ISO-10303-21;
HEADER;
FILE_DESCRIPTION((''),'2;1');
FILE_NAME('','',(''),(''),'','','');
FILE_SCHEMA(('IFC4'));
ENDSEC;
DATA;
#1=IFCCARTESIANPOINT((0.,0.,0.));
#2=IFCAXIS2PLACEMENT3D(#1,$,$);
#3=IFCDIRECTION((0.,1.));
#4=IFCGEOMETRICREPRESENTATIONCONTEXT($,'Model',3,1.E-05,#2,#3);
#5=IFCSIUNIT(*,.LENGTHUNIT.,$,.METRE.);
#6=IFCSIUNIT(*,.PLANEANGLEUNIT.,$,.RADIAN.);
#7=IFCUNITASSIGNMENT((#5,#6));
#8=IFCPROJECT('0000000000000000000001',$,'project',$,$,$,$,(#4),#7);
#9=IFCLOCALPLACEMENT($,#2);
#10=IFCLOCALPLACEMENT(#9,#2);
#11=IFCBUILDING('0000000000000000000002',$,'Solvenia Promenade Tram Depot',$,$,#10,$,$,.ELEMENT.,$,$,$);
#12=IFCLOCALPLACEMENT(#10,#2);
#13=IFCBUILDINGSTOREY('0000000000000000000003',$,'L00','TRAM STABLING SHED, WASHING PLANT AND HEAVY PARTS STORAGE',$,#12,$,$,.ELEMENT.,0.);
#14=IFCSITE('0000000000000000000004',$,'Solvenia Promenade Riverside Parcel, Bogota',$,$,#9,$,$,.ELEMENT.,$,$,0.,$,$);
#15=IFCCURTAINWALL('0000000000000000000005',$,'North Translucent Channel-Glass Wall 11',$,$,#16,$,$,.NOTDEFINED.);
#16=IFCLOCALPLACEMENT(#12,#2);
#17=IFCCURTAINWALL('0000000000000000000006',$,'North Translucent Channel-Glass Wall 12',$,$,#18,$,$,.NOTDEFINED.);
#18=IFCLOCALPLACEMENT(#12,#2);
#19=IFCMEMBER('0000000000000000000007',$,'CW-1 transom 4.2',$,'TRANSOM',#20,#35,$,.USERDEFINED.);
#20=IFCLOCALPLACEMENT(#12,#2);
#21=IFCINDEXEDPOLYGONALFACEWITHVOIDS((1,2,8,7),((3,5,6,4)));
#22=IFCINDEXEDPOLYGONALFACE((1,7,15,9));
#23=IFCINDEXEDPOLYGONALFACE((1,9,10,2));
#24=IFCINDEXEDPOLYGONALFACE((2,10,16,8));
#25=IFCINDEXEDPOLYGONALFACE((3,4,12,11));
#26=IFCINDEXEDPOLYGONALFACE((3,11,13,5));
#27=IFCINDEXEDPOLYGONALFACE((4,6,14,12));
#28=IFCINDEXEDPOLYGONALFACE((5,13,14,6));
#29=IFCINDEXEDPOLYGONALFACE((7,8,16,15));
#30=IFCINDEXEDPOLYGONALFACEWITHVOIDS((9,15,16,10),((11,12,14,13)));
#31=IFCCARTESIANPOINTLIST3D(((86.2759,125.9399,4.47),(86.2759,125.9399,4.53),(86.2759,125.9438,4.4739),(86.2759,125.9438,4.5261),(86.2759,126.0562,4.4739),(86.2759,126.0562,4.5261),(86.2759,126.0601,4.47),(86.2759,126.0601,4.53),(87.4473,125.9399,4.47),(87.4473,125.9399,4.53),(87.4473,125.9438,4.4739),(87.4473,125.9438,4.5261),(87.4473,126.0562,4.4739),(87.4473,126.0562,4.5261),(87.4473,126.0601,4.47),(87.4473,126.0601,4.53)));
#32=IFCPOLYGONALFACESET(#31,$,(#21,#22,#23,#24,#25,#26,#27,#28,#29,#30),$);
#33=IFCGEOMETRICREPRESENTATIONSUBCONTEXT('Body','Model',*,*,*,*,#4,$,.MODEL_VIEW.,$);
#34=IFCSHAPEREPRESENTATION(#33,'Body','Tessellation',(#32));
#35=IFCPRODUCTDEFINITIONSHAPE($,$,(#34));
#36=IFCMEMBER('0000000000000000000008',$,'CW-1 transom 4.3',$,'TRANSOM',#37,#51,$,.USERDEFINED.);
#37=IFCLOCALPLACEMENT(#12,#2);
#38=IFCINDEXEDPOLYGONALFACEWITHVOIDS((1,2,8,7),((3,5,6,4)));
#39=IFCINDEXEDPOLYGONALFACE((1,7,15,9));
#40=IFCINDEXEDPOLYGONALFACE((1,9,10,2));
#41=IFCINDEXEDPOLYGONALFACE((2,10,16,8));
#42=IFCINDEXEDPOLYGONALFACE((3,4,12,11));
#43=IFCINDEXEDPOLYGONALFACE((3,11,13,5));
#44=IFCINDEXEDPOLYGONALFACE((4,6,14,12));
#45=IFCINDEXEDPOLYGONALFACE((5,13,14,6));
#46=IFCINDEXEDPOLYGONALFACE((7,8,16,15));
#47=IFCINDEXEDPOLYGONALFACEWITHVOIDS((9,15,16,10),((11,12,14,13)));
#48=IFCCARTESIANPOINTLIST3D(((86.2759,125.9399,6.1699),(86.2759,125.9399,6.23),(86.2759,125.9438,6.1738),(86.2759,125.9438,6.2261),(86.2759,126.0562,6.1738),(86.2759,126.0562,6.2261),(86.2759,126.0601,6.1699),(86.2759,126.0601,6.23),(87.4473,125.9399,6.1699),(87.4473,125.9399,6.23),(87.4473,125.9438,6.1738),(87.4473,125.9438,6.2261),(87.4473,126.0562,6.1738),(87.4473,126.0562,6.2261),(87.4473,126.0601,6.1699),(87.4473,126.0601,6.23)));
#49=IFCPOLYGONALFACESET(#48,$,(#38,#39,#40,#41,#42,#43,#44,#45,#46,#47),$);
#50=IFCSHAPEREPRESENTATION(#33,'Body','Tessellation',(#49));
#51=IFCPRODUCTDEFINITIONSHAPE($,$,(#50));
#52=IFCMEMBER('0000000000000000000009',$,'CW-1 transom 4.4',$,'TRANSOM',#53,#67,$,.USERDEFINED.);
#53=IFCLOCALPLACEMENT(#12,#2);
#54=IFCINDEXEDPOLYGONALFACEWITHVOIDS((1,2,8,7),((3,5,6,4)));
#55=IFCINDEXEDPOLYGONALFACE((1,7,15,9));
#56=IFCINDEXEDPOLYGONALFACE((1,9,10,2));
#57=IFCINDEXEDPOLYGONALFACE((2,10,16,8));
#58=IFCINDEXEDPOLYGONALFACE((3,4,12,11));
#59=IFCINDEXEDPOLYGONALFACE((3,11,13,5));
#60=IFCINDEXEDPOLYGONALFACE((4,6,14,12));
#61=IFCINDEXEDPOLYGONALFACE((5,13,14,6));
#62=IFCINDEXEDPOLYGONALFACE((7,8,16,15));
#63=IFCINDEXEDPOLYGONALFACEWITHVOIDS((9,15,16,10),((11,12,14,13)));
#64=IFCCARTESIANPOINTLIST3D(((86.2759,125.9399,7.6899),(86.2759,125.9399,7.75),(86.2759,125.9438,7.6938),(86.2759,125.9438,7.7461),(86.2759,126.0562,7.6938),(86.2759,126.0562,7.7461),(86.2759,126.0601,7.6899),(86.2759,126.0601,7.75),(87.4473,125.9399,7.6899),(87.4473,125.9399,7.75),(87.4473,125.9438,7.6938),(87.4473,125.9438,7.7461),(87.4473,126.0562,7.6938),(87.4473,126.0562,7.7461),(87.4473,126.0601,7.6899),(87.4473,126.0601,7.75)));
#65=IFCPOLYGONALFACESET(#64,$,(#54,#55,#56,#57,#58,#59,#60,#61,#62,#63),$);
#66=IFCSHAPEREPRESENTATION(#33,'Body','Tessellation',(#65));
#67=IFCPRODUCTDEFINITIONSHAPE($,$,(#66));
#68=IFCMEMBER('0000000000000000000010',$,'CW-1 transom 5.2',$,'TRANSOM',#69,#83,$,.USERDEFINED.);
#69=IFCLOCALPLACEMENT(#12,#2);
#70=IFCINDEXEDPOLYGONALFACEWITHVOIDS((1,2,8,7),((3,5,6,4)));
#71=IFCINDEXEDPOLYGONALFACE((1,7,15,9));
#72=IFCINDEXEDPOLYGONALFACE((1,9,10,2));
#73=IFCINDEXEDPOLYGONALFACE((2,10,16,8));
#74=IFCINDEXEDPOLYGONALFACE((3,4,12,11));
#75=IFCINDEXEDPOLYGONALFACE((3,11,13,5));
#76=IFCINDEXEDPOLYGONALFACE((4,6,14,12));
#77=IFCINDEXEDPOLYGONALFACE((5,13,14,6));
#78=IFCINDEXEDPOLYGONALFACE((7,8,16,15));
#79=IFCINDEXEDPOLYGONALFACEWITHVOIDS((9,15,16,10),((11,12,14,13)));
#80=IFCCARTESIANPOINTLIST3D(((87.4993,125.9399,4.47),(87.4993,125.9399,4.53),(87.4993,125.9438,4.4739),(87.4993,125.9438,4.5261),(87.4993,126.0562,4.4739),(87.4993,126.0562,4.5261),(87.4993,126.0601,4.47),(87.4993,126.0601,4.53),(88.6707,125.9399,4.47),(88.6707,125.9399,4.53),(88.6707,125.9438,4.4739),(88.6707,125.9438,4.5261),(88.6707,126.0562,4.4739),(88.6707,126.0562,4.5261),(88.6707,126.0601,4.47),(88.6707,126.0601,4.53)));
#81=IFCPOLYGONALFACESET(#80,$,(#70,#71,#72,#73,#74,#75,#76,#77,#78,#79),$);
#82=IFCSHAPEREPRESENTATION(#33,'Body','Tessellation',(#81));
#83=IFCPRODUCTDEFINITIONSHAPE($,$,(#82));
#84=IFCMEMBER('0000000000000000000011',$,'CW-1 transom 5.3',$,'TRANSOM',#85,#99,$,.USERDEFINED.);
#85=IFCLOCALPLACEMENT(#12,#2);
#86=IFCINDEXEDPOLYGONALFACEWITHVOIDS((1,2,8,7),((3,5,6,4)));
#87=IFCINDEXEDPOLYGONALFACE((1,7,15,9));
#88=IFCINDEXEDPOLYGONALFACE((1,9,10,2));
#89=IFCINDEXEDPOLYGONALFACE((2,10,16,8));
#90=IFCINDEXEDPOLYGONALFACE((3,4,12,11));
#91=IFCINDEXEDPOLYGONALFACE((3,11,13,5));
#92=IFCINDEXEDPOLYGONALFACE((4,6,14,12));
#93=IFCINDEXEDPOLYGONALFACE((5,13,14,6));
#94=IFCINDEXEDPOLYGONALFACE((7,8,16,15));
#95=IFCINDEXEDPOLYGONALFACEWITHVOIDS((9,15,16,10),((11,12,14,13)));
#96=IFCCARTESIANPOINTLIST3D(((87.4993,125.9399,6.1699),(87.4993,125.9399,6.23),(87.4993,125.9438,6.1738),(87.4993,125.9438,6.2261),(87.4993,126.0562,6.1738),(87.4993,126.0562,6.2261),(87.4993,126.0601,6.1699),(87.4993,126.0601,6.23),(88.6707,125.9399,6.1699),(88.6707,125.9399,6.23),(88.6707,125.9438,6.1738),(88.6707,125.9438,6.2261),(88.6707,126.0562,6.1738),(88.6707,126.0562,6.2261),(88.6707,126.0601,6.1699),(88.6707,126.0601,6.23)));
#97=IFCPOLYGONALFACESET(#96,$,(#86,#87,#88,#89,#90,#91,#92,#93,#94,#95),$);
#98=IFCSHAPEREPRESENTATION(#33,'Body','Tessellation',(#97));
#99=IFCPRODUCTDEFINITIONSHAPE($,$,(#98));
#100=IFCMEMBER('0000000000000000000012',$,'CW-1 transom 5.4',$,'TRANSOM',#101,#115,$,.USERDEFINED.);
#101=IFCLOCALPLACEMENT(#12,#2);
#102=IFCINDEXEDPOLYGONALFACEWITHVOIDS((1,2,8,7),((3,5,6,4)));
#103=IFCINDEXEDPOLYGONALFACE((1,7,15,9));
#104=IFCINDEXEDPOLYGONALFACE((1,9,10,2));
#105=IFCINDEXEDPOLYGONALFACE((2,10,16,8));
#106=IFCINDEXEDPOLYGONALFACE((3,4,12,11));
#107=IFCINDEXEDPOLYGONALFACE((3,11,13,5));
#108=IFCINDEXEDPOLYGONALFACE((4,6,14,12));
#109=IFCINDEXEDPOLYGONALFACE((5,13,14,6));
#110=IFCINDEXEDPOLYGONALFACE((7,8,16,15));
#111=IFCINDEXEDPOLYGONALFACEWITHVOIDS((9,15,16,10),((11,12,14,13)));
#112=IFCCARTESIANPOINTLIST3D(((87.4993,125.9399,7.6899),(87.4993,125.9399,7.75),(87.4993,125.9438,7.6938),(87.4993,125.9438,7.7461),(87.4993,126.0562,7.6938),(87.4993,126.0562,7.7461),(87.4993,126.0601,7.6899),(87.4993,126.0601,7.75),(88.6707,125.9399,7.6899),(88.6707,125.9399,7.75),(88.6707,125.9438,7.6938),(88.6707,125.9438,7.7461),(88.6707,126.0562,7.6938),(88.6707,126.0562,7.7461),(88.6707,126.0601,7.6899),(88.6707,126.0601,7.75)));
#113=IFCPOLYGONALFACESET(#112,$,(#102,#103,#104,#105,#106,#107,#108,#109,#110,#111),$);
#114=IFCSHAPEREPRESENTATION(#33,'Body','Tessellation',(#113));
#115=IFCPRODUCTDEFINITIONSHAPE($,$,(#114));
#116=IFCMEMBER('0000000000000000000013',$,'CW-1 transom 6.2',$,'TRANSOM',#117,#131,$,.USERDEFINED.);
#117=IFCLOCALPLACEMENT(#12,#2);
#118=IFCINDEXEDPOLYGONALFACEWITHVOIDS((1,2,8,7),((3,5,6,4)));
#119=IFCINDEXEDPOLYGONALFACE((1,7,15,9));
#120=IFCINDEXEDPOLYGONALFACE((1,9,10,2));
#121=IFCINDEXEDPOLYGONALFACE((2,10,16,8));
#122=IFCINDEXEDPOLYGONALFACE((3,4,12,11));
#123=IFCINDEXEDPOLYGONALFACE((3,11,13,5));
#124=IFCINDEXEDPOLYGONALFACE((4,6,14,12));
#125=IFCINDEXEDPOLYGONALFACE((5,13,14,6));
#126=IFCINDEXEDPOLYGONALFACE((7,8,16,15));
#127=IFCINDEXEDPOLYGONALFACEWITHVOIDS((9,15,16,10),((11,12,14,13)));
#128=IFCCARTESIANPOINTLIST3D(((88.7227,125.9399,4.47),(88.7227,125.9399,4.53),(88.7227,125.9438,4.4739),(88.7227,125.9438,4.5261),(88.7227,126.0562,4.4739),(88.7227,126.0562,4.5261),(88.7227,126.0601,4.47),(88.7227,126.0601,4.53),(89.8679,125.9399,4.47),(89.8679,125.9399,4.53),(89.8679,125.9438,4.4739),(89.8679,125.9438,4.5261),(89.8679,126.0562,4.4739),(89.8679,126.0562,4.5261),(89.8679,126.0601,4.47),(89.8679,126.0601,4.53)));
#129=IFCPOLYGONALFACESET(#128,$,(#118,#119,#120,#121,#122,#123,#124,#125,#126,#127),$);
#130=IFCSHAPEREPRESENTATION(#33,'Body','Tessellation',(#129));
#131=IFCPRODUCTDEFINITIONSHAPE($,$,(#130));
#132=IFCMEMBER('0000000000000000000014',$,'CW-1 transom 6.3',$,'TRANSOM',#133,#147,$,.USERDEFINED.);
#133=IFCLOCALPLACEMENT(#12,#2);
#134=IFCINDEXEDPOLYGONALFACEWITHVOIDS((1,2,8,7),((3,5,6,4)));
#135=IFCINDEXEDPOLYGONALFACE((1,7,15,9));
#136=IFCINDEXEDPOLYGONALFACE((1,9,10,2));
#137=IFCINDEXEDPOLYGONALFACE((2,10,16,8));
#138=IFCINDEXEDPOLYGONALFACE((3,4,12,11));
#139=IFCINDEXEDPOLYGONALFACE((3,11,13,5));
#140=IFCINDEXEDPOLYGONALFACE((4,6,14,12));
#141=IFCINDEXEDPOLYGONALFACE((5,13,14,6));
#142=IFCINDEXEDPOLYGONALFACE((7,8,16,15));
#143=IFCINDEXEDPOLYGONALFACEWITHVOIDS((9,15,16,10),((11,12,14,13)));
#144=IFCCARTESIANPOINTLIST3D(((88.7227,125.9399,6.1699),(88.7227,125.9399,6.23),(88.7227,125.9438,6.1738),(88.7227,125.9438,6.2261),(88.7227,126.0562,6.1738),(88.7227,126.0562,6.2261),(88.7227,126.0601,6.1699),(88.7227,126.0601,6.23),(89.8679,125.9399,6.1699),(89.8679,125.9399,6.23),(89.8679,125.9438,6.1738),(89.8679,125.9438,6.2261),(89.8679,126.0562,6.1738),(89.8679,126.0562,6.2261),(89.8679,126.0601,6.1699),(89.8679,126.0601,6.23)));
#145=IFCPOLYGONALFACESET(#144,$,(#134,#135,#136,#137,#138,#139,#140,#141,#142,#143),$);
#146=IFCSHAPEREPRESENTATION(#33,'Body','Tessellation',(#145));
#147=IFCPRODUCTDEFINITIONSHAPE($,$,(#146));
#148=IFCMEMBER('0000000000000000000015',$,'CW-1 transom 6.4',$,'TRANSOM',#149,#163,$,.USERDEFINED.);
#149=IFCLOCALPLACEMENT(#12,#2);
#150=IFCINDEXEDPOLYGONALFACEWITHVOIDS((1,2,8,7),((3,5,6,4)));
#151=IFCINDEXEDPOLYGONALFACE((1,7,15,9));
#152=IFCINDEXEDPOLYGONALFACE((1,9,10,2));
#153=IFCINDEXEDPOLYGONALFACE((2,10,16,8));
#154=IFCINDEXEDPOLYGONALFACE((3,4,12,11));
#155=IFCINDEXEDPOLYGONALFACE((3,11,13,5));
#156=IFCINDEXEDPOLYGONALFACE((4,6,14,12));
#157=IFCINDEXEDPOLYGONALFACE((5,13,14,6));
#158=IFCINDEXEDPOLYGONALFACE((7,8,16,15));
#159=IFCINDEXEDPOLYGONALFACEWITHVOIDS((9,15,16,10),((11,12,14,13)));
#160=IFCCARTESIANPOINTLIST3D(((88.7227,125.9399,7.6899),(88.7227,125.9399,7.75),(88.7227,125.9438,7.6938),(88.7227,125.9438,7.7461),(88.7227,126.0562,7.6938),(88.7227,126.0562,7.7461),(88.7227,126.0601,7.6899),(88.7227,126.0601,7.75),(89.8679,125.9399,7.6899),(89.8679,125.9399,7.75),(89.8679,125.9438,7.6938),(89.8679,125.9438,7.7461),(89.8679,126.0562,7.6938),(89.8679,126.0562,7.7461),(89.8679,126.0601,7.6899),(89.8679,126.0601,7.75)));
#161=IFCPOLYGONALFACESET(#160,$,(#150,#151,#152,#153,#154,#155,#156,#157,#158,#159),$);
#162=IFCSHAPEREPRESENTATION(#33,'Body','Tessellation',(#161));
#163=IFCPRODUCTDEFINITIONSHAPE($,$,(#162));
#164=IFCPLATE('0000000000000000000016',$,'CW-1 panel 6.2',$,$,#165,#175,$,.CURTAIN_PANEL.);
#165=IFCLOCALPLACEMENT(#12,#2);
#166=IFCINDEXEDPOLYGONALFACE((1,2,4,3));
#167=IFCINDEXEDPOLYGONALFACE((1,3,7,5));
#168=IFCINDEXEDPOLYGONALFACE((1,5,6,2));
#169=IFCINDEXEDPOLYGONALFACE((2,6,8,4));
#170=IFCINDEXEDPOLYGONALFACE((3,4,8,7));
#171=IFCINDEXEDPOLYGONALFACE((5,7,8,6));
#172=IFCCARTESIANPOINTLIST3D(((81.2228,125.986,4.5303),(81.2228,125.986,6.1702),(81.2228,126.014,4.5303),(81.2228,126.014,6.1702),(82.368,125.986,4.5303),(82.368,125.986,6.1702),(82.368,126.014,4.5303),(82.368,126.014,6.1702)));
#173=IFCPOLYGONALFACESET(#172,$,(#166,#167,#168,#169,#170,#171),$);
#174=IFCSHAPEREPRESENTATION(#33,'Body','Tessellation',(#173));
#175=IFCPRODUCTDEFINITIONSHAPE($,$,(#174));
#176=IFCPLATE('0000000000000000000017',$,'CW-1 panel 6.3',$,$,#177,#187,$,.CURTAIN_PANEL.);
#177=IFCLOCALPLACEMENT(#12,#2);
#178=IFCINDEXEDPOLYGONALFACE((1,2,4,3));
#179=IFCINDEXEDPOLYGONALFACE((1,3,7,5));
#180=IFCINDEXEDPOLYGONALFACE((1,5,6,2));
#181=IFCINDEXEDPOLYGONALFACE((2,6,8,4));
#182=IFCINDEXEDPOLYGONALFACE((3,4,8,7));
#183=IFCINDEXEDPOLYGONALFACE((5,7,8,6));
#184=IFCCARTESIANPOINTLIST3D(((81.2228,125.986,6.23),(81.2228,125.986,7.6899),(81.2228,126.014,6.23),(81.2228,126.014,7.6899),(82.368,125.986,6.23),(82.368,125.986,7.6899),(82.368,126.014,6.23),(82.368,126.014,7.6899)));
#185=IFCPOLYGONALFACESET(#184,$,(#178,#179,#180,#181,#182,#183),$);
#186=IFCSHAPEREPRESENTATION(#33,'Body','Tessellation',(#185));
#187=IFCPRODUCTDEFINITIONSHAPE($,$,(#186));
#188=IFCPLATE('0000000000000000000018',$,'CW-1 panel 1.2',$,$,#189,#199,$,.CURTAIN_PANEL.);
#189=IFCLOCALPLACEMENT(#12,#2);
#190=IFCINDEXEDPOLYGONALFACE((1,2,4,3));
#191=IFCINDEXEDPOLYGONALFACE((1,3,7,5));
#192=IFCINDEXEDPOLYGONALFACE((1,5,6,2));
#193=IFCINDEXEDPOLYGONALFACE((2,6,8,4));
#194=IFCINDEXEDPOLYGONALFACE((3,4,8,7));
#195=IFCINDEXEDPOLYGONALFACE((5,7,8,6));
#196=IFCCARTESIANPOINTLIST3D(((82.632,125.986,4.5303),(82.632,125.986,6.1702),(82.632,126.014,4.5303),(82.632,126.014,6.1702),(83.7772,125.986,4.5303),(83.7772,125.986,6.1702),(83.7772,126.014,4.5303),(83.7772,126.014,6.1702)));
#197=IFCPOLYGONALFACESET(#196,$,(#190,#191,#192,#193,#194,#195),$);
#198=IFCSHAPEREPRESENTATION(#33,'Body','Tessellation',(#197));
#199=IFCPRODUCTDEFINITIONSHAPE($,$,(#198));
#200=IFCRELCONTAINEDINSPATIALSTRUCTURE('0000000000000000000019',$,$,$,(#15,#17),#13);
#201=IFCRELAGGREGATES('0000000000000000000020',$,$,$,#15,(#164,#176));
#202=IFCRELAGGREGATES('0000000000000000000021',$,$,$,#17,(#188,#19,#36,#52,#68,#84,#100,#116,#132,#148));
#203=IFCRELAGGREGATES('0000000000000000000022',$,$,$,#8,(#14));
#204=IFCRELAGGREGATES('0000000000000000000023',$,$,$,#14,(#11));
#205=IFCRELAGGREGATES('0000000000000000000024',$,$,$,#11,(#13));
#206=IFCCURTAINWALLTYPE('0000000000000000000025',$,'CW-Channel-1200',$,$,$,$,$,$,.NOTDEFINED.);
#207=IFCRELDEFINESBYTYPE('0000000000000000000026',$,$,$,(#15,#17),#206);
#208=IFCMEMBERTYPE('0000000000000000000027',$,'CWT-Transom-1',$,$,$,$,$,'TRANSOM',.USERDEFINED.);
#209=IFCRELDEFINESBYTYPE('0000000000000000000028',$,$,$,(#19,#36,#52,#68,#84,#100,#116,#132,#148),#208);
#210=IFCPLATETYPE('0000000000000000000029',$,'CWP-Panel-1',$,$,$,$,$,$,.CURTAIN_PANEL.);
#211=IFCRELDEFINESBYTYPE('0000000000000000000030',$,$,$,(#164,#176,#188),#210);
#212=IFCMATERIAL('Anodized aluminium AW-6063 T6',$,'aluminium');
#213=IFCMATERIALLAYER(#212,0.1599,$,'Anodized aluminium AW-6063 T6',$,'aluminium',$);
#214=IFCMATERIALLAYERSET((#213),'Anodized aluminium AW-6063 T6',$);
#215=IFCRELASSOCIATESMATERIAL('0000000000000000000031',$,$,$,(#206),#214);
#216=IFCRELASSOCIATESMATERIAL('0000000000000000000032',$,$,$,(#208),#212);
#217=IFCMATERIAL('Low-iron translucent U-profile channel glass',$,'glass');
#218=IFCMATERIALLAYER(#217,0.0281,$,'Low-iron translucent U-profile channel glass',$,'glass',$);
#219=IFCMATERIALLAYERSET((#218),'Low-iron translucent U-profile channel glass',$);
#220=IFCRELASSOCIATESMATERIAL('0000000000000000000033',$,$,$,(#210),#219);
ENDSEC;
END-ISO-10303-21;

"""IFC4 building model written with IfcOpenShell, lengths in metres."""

from ifc_helpers import new_model, si_unit, direction, frame, origin, origin_2d, place, context, subcontext, project, spatial, rectangle, hollow_rectangle, extrude, material, layer, layer_set, material_profile, profile_set, type_object, element, aggregate, save


model = new_model("IFC4")

# Units and contexts
model_context = context("Model", 3, precision=1e-05, world=origin(), true_north=direction((0.0, 1.0)))
body_context = subcontext(model_context, "Body", "Model", "MODEL_VIEW")
ifc_project = project(units=[si_unit("LENGTHUNIT", "METRE"), si_unit("PLANEANGLEUNIT", "RADIAN")], contexts=[model_context])

# Site, building, storey
site_placement = place(None, origin())
site = spatial("IfcSite", under=ifc_project, at=site_placement, Name="Solvenia Promenade Riverside Parcel, Bogota", CompositionType="ELEMENT", RefElevation=0.0)
building_placement = place(site_placement, origin())
building = spatial("IfcBuilding", under=site, at=building_placement, Name="Solvenia Promenade Tram Depot", CompositionType="ELEMENT")
storey_placement = place(building_placement, origin())
storey = spatial("IfcBuildingStorey", under=building, at=storey_placement, Name="L00", Description="TRAM STABLING SHED, WASHING PLANT AND HEAVY PARTS STORAGE", CompositionType="ELEMENT", Elevation=0.0)

# Curtain walls, members
ifc_material_1 = material(Name="Anodized aluminium AW-6063 T6", Category="aluminium")
ifc_layer_1 = layer(ifc_material_1, 0.1599, Name="Anodized aluminium AW-6063 T6", Category="aluminium")
ifc_layer_set_1 = layer_set([ifc_layer_1], Name="Anodized aluminium AW-6063 T6")
curtain_wall_type = type_object("IfcCurtainWallType", Name="CW-Channel-1200", PredefinedType="NOTDEFINED", material=ifc_layer_set_1)
curtain_wall_1_placement = place(storey_placement, origin())
curtain_wall_1 = element("IfcCurtainWall", 1, at=curtain_wall_1_placement, inside=storey, type_object=curtain_wall_type, Name="North Translucent Channel-Glass Wall 11", PredefinedType="NOTDEFINED")
ifc_material_profile = material_profile(ifc_material_1, hollow_rectangle(XDim=0.1201, YDim=0.0601, WallThickness=0.0039, at=origin_2d()), Name="ALU-T1", Category="aluminium")
ifc_profile_set = profile_set([ifc_material_profile], Name="Anodized aluminium AW-6063 T6")
member_type = type_object("IfcMemberType", Name="CWT-Transom-1", ElementType="TRANSOM", PredefinedType="USERDEFINED", material=ifc_profile_set)
curtain_wall_2_placement = place(storey_placement, origin())
curtain_wall_2 = element("IfcCurtainWall", 2, at=curtain_wall_2_placement, inside=storey, type_object=curtain_wall_type, Name="North Translucent Channel-Glass Wall 12", PredefinedType="NOTDEFINED")
member_1_placement = place(storey_placement, frame((86.2759, 126.0, 4.5), z_axis=(1.0, 0.0, 0.0), x_axis=(0.0, 1.0, 0.0)))
member_1 = element("IfcMember", 3, at=member_1_placement, type_object=member_type, Name="CW-1 transom 4.2", ObjectType="TRANSOM", PredefinedType="USERDEFINED", context=body_context, shape_type="SweptSolid", body=[
    extrude(hollow_rectangle(XDim=0.1201, YDim=0.0601, WallThickness=0.0039, at=origin_2d()), origin(), (0.0, 0.0, 1.0), 1.1714),
])
member_2_placement = place(storey_placement, frame((86.2759, 126.0, 6.2), z_axis=(1.0, 0.0, 0.0), x_axis=(0.0, 1.0, 0.0)))
member_2 = element("IfcMember", 4, at=member_2_placement, type_object=member_type, Name="CW-1 transom 4.3", ObjectType="TRANSOM", PredefinedType="USERDEFINED", context=body_context, shape_type="SweptSolid", body=[
    extrude(hollow_rectangle(XDim=0.1201, YDim=0.0601, WallThickness=0.0039, at=origin_2d()), origin(), (0.0, 0.0, 1.0), 1.1714),
])
member_3_placement = place(storey_placement, frame((86.2759, 126.0, 7.72), z_axis=(1.0, 0.0, 0.0), x_axis=(0.0, 1.0, 0.0)))
member_3 = element("IfcMember", 5, at=member_3_placement, type_object=member_type, Name="CW-1 transom 4.4", ObjectType="TRANSOM", PredefinedType="USERDEFINED", context=body_context, shape_type="SweptSolid", body=[
    extrude(hollow_rectangle(XDim=0.1201, YDim=0.0601, WallThickness=0.0039, at=origin_2d()), origin(), (0.0, 0.0, 1.0), 1.1714),
])
member_4_placement = place(storey_placement, frame((87.4993, 126.0, 4.5), z_axis=(1.0, 0.0, 0.0), x_axis=(0.0, 1.0, 0.0)))
member_4 = element("IfcMember", 6, at=member_4_placement, type_object=member_type, Name="CW-1 transom 5.2", ObjectType="TRANSOM", PredefinedType="USERDEFINED", context=body_context, shape_type="SweptSolid", body=[
    extrude(hollow_rectangle(XDim=0.1201, YDim=0.0601, WallThickness=0.0039, at=origin_2d()), origin(), (0.0, 0.0, 1.0), 1.1714),
])
member_5_placement = place(storey_placement, frame((87.4993, 126.0, 6.2), z_axis=(1.0, 0.0, 0.0), x_axis=(0.0, 1.0, 0.0)))
member_5 = element("IfcMember", 7, at=member_5_placement, type_object=member_type, Name="CW-1 transom 5.3", ObjectType="TRANSOM", PredefinedType="USERDEFINED", context=body_context, shape_type="SweptSolid", body=[
    extrude(hollow_rectangle(XDim=0.1201, YDim=0.0601, WallThickness=0.0039, at=origin_2d()), origin(), (0.0, 0.0, 1.0), 1.1714),
])
member_6_placement = place(storey_placement, frame((87.4993, 126.0, 7.72), z_axis=(1.0, 0.0, 0.0), x_axis=(0.0, 1.0, 0.0)))
member_6 = element("IfcMember", 8, at=member_6_placement, type_object=member_type, Name="CW-1 transom 5.4", ObjectType="TRANSOM", PredefinedType="USERDEFINED", context=body_context, shape_type="SweptSolid", body=[
    extrude(hollow_rectangle(XDim=0.1201, YDim=0.0601, WallThickness=0.0039, at=origin_2d()), origin(), (0.0, 0.0, 1.0), 1.1714),
])
member_7_placement = place(storey_placement, frame((88.7227, 126.0, 4.5), z_axis=(1.0, 0.0, 0.0), x_axis=(0.0, 1.0, 0.0)))
member_7 = element("IfcMember", 9, at=member_7_placement, type_object=member_type, Name="CW-1 transom 6.2", ObjectType="TRANSOM", PredefinedType="USERDEFINED", context=body_context, shape_type="SweptSolid", body=[
    extrude(hollow_rectangle(XDim=0.1201, YDim=0.0601, WallThickness=0.0039, at=origin_2d()), origin(), (0.0, 0.0, 1.0), 1.1453),
])
member_8_placement = place(storey_placement, frame((88.7227, 126.0, 6.2), z_axis=(1.0, 0.0, 0.0), x_axis=(0.0, 1.0, 0.0)))
member_8 = element("IfcMember", 10, at=member_8_placement, type_object=member_type, Name="CW-1 transom 6.3", ObjectType="TRANSOM", PredefinedType="USERDEFINED", context=body_context, shape_type="SweptSolid", body=[
    extrude(hollow_rectangle(XDim=0.1201, YDim=0.0601, WallThickness=0.0039, at=origin_2d()), origin(), (0.0, 0.0, 1.0), 1.1453),
])
member_9_placement = place(storey_placement, frame((88.7227, 126.0, 7.72), z_axis=(1.0, 0.0, 0.0), x_axis=(0.0, 1.0, 0.0)))
member_9 = element("IfcMember", 11, at=member_9_placement, type_object=member_type, Name="CW-1 transom 6.4", ObjectType="TRANSOM", PredefinedType="USERDEFINED", context=body_context, shape_type="SweptSolid", body=[
    extrude(hollow_rectangle(XDim=0.1201, YDim=0.0601, WallThickness=0.0039, at=origin_2d()), origin(), (0.0, 0.0, 1.0), 1.1453),
])

# Plates
ifc_material_2 = material(Name="Low-iron translucent U-profile channel glass", Category="glass")
ifc_layer_2 = layer(ifc_material_2, 0.0281, Name="Low-iron translucent U-profile channel glass", Category="glass")
ifc_layer_set_2 = layer_set([ifc_layer_2], Name="Low-iron translucent U-profile channel glass")
plate_type = type_object("IfcPlateType", Name="CWP-Panel-1", PredefinedType="CURTAIN_PANEL", material=ifc_layer_set_2)
plate_1_placement = place(storey_placement, frame((81.7954, 126.0, 4.5303), z_axis=(0.0, 0.0, 1.0), x_axis=(1.0, 0.0, 0.0)))
plate_1 = element("IfcPlate", 12, at=plate_1_placement, type_object=plate_type, Name="CW-1 panel 6.2", PredefinedType="CURTAIN_PANEL", context=body_context, shape_type="SweptSolid", body=[
    extrude(rectangle(XDim=1.1453, YDim=0.0281, at=origin_2d()), origin(), (0.0, 0.0, 1.0), 1.6399),
])
plate_2_placement = place(storey_placement, frame((81.7954, 126.0, 6.23), z_axis=(0.0, 0.0, 1.0), x_axis=(1.0, 0.0, 0.0)))
plate_2 = element("IfcPlate", 13, at=plate_2_placement, type_object=plate_type, Name="CW-1 panel 6.3", PredefinedType="CURTAIN_PANEL", context=body_context, shape_type="SweptSolid", body=[
    extrude(rectangle(XDim=1.1453, YDim=0.0281, at=origin_2d()), origin(), (0.0, 0.0, 1.0), 1.46),
])
aggregate(curtain_wall_1, [plate_1, plate_2])
plate_3_placement = place(storey_placement, frame((83.2046, 126.0, 4.5303), z_axis=(0.0, 0.0, 1.0), x_axis=(1.0, 0.0, 0.0)))
plate_3 = element("IfcPlate", 14, at=plate_3_placement, type_object=plate_type, Name="CW-1 panel 1.2", PredefinedType="CURTAIN_PANEL", context=body_context, shape_type="SweptSolid", body=[
    extrude(rectangle(XDim=1.1453, YDim=0.0281, at=origin_2d()), origin(), (0.0, 0.0, 1.0), 1.6399),
])
aggregate(curtain_wall_2, [plate_3, member_1, member_2, member_3, member_4, member_5, member_6, member_7, member_8, member_9])

save(model, "model.ifc")
